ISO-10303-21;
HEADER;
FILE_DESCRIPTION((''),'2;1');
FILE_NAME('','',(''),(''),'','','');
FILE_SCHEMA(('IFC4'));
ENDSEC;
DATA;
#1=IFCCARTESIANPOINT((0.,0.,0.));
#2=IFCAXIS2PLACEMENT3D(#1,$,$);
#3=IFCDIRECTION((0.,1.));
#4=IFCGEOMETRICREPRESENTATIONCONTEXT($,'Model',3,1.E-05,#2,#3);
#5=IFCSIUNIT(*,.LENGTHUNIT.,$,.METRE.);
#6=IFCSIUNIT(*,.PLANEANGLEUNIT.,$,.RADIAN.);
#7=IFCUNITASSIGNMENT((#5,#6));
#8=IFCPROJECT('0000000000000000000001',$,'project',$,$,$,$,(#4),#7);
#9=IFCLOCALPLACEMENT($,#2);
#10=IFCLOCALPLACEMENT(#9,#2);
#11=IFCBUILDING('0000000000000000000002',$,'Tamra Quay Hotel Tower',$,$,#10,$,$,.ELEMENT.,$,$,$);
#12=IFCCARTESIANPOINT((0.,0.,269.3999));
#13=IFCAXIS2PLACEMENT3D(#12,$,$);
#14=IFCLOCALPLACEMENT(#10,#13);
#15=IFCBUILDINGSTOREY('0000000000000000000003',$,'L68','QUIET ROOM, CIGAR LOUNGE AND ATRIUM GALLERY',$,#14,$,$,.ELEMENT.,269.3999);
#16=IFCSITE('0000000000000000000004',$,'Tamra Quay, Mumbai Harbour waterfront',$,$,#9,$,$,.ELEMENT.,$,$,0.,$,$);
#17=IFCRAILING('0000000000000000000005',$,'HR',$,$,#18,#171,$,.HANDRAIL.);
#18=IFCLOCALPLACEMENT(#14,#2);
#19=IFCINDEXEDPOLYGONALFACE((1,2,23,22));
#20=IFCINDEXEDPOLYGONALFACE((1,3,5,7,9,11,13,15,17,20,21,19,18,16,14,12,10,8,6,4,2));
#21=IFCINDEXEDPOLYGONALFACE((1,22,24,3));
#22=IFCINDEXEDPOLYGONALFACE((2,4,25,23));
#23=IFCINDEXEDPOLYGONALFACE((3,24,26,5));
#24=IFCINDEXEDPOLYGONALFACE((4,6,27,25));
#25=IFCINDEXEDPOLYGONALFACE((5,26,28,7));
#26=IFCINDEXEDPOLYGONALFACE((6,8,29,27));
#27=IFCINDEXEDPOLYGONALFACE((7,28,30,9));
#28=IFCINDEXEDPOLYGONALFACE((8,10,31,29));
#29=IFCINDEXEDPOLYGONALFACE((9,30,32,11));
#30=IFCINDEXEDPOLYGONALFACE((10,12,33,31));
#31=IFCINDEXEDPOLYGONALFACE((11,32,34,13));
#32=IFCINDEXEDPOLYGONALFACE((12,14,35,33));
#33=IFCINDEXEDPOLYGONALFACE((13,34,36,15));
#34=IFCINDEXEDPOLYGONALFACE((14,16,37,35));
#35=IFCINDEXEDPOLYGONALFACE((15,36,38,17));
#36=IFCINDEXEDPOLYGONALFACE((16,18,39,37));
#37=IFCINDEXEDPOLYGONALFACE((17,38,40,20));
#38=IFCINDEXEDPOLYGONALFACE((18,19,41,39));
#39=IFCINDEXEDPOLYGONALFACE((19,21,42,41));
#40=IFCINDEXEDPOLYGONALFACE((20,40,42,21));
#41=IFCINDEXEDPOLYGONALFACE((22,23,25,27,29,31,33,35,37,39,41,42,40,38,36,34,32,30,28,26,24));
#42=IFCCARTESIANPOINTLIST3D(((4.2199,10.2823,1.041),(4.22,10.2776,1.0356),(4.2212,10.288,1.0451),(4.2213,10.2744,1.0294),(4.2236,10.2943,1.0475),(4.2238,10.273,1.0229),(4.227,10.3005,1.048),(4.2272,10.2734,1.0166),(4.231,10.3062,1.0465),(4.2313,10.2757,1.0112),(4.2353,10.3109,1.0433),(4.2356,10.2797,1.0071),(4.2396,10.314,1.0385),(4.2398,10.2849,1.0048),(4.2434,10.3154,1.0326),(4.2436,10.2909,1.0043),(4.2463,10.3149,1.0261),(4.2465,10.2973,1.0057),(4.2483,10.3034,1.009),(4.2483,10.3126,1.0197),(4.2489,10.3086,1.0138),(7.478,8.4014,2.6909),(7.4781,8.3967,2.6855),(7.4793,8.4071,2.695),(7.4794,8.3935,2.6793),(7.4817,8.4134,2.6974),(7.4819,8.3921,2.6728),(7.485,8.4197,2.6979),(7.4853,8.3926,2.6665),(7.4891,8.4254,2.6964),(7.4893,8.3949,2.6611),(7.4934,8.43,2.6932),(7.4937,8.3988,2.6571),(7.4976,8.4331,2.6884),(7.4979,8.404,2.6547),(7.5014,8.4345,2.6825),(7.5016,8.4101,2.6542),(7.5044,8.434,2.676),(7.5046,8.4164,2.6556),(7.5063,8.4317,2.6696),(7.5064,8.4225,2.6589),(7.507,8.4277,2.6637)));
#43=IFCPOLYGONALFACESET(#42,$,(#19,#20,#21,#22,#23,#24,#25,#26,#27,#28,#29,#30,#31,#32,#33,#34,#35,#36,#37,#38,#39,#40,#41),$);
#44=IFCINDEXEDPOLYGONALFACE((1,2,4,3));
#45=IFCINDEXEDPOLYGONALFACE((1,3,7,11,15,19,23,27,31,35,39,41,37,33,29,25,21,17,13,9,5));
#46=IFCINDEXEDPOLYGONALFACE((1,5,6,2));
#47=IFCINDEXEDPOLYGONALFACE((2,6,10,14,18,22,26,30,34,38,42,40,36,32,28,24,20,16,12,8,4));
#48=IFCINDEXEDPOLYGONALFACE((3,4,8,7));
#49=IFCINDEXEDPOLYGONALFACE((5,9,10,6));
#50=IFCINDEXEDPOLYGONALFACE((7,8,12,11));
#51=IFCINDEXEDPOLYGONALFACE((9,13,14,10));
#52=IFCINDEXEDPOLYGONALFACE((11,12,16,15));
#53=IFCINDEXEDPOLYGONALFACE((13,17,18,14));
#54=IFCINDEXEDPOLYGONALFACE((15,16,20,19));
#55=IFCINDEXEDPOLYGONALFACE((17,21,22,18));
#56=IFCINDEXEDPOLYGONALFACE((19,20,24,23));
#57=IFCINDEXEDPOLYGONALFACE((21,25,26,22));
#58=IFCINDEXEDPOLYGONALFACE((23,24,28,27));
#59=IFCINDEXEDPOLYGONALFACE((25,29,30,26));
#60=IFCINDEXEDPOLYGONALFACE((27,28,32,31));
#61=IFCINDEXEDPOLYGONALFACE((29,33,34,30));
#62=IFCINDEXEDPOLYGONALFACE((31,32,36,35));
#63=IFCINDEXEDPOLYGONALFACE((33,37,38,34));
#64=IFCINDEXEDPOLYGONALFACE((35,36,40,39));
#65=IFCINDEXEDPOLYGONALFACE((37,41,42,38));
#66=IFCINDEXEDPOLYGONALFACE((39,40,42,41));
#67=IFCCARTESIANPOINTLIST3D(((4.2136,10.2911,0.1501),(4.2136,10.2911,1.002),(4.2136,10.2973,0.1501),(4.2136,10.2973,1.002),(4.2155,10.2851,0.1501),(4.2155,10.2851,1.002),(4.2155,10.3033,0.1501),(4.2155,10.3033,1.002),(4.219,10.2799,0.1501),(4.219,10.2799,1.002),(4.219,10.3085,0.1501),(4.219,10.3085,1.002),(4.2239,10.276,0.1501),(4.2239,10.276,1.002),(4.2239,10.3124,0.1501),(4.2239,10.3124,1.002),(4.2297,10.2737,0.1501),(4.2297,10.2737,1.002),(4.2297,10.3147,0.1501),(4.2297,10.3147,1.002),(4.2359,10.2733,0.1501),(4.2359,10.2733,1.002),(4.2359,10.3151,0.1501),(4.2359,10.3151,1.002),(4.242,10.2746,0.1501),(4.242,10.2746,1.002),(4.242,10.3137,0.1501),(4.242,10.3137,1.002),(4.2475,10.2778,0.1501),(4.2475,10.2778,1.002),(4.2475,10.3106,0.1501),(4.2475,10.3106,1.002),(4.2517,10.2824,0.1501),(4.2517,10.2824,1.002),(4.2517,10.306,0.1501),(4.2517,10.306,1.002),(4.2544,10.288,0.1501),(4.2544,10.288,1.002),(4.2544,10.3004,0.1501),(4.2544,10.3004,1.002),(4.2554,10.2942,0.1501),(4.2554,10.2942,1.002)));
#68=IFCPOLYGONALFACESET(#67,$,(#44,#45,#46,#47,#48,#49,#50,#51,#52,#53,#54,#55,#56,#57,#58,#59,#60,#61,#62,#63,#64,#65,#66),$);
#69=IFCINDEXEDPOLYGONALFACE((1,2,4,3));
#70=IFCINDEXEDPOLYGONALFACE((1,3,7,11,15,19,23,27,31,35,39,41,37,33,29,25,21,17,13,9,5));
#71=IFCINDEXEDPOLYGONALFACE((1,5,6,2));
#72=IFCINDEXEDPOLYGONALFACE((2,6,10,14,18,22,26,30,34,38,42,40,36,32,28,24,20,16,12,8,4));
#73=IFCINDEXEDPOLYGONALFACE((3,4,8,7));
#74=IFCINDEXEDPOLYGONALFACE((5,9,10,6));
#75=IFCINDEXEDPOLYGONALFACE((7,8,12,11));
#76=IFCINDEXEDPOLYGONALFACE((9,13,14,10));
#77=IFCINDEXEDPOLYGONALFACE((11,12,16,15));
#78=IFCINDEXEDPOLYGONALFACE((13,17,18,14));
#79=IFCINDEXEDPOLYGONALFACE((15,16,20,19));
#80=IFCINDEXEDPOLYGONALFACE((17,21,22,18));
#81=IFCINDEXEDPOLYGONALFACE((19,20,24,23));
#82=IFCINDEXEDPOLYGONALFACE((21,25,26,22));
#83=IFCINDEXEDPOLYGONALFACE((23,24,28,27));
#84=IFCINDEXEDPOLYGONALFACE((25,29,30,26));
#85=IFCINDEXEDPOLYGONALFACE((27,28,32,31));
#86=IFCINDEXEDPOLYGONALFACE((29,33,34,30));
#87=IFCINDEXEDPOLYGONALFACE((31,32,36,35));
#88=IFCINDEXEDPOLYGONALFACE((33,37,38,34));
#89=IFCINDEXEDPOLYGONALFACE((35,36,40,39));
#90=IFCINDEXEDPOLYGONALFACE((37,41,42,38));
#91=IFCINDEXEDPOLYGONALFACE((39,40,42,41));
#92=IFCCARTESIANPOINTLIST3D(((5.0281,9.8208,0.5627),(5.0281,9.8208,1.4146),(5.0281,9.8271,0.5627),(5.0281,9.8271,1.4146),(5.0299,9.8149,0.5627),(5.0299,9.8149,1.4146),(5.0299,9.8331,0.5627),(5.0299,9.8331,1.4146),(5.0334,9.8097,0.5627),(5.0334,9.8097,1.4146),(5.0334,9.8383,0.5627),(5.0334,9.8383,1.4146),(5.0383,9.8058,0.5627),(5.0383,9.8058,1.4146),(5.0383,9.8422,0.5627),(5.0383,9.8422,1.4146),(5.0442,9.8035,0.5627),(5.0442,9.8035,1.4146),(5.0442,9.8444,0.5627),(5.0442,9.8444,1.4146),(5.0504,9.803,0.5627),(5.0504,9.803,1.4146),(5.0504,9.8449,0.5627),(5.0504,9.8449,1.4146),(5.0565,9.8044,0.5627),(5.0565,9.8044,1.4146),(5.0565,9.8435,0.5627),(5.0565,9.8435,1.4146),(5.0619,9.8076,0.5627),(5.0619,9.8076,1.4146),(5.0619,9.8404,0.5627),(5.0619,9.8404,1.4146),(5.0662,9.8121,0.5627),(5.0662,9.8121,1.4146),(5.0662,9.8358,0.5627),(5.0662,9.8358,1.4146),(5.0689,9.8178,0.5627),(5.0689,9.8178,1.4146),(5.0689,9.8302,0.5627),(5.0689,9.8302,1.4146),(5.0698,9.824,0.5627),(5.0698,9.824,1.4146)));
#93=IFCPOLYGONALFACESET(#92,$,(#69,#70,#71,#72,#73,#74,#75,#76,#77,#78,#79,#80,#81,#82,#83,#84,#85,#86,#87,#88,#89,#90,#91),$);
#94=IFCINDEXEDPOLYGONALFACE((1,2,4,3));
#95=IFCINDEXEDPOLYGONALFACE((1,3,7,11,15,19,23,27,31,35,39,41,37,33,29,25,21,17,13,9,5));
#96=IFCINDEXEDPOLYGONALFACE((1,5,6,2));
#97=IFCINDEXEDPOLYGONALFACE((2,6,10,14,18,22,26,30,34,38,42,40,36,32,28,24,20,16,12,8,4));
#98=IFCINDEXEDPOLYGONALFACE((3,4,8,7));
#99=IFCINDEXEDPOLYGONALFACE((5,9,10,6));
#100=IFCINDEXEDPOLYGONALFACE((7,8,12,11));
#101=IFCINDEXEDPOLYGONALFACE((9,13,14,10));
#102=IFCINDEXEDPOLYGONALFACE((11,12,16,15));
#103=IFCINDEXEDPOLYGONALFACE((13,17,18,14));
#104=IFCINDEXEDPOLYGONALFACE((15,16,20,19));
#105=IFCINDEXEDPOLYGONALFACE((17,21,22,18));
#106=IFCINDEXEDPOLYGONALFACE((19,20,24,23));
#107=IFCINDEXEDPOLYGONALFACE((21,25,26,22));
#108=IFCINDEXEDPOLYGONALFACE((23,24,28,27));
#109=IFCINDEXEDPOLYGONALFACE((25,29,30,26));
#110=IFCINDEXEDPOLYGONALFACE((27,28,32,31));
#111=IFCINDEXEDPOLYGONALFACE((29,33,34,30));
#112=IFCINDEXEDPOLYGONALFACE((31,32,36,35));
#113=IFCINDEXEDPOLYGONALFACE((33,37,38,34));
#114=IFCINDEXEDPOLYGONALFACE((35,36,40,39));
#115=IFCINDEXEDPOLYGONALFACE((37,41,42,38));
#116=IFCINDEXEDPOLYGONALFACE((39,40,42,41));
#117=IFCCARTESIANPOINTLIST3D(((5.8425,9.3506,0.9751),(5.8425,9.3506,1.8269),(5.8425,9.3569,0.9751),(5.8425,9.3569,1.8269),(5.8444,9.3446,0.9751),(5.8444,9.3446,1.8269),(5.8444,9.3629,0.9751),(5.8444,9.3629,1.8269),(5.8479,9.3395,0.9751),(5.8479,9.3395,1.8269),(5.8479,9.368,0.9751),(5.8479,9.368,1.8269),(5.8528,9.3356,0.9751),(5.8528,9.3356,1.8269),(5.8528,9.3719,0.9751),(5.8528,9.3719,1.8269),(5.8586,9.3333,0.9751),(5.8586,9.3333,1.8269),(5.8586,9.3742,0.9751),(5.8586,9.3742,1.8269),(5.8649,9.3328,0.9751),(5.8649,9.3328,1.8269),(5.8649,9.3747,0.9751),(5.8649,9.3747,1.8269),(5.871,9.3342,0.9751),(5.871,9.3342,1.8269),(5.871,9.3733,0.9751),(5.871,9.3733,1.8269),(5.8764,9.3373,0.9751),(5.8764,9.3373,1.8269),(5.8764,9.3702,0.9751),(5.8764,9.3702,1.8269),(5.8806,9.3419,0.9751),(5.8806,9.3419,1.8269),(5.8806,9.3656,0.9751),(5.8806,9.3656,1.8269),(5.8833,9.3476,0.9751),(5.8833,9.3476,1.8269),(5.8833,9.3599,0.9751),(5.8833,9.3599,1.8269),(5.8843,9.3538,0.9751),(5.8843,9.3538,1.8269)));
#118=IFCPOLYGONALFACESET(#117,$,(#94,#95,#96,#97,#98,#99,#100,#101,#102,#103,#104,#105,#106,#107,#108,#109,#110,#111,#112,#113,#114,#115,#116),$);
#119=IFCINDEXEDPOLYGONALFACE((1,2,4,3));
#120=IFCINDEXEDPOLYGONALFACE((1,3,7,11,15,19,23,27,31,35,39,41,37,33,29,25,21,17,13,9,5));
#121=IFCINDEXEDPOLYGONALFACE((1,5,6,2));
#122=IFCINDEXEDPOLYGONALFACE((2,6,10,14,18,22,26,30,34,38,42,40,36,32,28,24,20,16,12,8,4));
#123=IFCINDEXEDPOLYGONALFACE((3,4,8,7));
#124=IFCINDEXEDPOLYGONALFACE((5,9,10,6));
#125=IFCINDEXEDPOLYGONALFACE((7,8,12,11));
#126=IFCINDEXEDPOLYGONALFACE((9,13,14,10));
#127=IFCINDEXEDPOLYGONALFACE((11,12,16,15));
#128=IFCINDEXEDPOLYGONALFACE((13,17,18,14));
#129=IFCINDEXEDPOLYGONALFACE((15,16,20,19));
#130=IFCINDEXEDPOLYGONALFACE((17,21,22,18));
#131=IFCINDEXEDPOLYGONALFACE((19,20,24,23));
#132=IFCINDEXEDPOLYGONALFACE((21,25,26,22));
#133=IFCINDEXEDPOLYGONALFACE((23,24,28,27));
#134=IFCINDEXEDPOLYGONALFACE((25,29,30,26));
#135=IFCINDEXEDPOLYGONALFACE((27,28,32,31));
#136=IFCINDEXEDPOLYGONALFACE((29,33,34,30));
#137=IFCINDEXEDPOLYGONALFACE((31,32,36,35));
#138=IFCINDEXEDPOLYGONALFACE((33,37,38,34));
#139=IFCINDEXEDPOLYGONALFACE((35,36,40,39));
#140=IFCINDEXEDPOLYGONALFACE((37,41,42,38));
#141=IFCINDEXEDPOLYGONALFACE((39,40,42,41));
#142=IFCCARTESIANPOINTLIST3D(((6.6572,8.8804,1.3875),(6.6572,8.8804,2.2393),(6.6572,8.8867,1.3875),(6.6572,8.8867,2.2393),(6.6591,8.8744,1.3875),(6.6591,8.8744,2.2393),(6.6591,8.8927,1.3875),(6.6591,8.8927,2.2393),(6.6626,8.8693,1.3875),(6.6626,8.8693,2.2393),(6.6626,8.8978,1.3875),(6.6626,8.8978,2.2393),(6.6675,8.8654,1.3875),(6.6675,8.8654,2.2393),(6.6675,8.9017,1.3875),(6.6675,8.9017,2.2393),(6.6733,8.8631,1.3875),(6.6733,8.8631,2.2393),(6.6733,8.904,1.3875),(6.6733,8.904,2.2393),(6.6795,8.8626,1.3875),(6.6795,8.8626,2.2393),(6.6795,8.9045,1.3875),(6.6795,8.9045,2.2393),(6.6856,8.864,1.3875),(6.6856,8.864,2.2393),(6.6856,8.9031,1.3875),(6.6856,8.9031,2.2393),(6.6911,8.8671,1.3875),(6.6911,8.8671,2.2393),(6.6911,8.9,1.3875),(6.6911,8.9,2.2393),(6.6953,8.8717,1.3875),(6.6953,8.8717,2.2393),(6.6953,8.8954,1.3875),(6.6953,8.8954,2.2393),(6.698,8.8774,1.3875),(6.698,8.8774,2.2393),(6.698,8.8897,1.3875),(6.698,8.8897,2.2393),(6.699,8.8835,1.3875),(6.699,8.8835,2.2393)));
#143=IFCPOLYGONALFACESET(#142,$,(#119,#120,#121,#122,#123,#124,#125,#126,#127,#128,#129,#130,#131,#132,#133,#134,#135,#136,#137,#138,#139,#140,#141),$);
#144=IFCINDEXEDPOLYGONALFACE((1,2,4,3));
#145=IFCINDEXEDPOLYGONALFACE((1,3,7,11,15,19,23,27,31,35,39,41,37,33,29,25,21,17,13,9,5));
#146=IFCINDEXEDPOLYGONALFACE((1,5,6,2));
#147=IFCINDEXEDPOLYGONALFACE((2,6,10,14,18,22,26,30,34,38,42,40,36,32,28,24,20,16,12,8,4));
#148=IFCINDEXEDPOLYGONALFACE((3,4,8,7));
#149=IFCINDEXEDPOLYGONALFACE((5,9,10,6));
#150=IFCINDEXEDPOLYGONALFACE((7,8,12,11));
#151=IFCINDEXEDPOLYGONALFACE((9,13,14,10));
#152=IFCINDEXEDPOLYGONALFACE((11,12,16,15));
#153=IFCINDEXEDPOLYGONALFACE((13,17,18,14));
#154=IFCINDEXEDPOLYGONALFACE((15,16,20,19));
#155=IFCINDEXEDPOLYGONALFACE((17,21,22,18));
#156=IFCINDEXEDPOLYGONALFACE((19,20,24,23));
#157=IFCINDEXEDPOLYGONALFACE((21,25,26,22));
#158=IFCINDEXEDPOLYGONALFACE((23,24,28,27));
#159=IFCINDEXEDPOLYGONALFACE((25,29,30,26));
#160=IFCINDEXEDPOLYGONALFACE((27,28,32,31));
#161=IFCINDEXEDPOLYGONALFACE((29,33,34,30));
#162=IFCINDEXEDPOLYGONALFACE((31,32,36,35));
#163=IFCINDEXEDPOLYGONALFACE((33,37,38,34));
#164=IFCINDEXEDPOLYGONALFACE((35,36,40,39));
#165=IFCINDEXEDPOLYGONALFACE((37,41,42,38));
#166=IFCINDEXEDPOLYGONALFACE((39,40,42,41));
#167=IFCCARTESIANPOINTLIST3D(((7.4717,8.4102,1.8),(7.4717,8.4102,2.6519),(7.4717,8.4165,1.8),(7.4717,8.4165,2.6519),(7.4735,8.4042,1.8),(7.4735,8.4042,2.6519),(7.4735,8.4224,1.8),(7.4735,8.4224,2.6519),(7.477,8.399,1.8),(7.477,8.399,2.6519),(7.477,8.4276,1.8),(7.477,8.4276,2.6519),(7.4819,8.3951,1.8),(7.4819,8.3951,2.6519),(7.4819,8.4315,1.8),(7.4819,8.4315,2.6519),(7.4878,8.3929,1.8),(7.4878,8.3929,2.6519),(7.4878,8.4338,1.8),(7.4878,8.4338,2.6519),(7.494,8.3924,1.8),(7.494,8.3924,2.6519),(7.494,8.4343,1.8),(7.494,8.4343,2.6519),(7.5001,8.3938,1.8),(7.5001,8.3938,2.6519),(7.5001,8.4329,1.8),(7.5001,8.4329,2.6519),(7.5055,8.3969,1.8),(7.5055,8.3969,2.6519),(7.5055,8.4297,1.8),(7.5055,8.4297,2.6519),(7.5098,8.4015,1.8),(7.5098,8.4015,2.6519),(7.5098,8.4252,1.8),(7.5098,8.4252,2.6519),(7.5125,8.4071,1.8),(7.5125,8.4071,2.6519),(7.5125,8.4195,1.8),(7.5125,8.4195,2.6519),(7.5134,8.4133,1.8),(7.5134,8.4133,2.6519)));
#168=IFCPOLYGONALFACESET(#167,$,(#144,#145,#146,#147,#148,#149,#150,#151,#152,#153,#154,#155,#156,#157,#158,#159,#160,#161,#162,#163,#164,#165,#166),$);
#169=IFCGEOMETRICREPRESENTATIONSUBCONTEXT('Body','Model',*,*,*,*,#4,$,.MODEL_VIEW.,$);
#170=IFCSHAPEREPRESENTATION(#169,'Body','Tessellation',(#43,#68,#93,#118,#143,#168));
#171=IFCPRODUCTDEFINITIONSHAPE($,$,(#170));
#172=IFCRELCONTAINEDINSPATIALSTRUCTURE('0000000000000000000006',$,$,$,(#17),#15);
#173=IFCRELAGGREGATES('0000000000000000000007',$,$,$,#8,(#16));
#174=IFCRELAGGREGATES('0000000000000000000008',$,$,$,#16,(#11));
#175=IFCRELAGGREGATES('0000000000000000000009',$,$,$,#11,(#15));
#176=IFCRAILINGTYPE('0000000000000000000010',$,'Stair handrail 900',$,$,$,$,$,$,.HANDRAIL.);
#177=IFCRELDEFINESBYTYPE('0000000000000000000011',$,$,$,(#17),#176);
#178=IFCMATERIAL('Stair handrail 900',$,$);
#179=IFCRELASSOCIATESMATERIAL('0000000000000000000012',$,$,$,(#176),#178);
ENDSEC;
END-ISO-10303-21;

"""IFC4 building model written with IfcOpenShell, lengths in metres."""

from ifc_helpers import new_model, si_unit, direction, frame, origin, origin_2d, place, context, subcontext, project, spatial, circle, extrude, material, type_object, element, save


model = new_model("IFC4")

# Units and contexts
model_context = context("Model", 3, precision=1e-05, world=origin(), true_north=direction((0.0, 1.0)))
body_context = subcontext(model_context, "Body", "Model", "MODEL_VIEW")
ifc_project = project(units=[si_unit("LENGTHUNIT", "METRE"), si_unit("PLANEANGLEUNIT", "RADIAN")], contexts=[model_context])

# Site, building, storey
site_placement = place(None, origin())
site = spatial("IfcSite", under=ifc_project, at=site_placement, Name="Tamra Quay, Mumbai Harbour waterfront", CompositionType="ELEMENT", RefElevation=0.0)
building_placement = place(site_placement, origin())
building = spatial("IfcBuilding", under=site, at=building_placement, Name="Tamra Quay Hotel Tower", CompositionType="ELEMENT")
storey_placement = place(building_placement, frame((0.0, 0.0, 269.3999)))
storey = spatial("IfcBuildingStorey", under=building, at=storey_placement, Name="L68", Description="QUIET ROOM, CIGAR LOUNGE AND ATRIUM GALLERY", CompositionType="ELEMENT", Elevation=269.3999)

# Railing
ifc_material_1 = material(Name="Stair handrail 900")
railing_type_1 = type_object("IfcRailingType", Name="Stair handrail 900", PredefinedType="HANDRAIL", material=ifc_material_1)
railing_1_placement = place(storey_placement, frame((4.2344, 10.2942, 0.1501)))
element("IfcRailing", 1, at=railing_1_placement, inside=storey, type_object=railing_type_1, Name="HR", PredefinedType="HANDRAIL", context=body_context, shape_type="SweptSolid", body=[
    extrude(circle(Radius=0.0239, at=origin_2d()), frame((0.0, 0.0, 0.876), z_axis=(0.793122, -0.457865, 0.401642), x_axis=(0.499964, 0.866046, 0.0)), (0.0, 0.0, 1.0), 4.1079),
    extrude(circle(Radius=0.021, at=origin_2d()), origin(), (0.0, 0.0, 1.0), 0.8518),
    extrude(circle(Radius=0.021, at=origin_2d()), frame((0.8145, -0.4702, 0.4126)), (0.0, 0.0, 1.0), 0.8518),
    extrude(circle(Radius=0.021, at=origin_2d()), frame((1.6289, -0.9404, 0.825)), (0.0, 0.0, 1.0), 0.8518),
    extrude(circle(Radius=0.021, at=origin_2d()), frame((2.4436, -1.4106, 1.2373)), (0.0, 0.0, 1.0), 0.8518),
    extrude(circle(Radius=0.021, at=origin_2d()), frame((3.2581, -1.8809, 1.6499)), (0.0, 0.0, 1.0), 0.8518),
])

save(model, "model.ifc")
